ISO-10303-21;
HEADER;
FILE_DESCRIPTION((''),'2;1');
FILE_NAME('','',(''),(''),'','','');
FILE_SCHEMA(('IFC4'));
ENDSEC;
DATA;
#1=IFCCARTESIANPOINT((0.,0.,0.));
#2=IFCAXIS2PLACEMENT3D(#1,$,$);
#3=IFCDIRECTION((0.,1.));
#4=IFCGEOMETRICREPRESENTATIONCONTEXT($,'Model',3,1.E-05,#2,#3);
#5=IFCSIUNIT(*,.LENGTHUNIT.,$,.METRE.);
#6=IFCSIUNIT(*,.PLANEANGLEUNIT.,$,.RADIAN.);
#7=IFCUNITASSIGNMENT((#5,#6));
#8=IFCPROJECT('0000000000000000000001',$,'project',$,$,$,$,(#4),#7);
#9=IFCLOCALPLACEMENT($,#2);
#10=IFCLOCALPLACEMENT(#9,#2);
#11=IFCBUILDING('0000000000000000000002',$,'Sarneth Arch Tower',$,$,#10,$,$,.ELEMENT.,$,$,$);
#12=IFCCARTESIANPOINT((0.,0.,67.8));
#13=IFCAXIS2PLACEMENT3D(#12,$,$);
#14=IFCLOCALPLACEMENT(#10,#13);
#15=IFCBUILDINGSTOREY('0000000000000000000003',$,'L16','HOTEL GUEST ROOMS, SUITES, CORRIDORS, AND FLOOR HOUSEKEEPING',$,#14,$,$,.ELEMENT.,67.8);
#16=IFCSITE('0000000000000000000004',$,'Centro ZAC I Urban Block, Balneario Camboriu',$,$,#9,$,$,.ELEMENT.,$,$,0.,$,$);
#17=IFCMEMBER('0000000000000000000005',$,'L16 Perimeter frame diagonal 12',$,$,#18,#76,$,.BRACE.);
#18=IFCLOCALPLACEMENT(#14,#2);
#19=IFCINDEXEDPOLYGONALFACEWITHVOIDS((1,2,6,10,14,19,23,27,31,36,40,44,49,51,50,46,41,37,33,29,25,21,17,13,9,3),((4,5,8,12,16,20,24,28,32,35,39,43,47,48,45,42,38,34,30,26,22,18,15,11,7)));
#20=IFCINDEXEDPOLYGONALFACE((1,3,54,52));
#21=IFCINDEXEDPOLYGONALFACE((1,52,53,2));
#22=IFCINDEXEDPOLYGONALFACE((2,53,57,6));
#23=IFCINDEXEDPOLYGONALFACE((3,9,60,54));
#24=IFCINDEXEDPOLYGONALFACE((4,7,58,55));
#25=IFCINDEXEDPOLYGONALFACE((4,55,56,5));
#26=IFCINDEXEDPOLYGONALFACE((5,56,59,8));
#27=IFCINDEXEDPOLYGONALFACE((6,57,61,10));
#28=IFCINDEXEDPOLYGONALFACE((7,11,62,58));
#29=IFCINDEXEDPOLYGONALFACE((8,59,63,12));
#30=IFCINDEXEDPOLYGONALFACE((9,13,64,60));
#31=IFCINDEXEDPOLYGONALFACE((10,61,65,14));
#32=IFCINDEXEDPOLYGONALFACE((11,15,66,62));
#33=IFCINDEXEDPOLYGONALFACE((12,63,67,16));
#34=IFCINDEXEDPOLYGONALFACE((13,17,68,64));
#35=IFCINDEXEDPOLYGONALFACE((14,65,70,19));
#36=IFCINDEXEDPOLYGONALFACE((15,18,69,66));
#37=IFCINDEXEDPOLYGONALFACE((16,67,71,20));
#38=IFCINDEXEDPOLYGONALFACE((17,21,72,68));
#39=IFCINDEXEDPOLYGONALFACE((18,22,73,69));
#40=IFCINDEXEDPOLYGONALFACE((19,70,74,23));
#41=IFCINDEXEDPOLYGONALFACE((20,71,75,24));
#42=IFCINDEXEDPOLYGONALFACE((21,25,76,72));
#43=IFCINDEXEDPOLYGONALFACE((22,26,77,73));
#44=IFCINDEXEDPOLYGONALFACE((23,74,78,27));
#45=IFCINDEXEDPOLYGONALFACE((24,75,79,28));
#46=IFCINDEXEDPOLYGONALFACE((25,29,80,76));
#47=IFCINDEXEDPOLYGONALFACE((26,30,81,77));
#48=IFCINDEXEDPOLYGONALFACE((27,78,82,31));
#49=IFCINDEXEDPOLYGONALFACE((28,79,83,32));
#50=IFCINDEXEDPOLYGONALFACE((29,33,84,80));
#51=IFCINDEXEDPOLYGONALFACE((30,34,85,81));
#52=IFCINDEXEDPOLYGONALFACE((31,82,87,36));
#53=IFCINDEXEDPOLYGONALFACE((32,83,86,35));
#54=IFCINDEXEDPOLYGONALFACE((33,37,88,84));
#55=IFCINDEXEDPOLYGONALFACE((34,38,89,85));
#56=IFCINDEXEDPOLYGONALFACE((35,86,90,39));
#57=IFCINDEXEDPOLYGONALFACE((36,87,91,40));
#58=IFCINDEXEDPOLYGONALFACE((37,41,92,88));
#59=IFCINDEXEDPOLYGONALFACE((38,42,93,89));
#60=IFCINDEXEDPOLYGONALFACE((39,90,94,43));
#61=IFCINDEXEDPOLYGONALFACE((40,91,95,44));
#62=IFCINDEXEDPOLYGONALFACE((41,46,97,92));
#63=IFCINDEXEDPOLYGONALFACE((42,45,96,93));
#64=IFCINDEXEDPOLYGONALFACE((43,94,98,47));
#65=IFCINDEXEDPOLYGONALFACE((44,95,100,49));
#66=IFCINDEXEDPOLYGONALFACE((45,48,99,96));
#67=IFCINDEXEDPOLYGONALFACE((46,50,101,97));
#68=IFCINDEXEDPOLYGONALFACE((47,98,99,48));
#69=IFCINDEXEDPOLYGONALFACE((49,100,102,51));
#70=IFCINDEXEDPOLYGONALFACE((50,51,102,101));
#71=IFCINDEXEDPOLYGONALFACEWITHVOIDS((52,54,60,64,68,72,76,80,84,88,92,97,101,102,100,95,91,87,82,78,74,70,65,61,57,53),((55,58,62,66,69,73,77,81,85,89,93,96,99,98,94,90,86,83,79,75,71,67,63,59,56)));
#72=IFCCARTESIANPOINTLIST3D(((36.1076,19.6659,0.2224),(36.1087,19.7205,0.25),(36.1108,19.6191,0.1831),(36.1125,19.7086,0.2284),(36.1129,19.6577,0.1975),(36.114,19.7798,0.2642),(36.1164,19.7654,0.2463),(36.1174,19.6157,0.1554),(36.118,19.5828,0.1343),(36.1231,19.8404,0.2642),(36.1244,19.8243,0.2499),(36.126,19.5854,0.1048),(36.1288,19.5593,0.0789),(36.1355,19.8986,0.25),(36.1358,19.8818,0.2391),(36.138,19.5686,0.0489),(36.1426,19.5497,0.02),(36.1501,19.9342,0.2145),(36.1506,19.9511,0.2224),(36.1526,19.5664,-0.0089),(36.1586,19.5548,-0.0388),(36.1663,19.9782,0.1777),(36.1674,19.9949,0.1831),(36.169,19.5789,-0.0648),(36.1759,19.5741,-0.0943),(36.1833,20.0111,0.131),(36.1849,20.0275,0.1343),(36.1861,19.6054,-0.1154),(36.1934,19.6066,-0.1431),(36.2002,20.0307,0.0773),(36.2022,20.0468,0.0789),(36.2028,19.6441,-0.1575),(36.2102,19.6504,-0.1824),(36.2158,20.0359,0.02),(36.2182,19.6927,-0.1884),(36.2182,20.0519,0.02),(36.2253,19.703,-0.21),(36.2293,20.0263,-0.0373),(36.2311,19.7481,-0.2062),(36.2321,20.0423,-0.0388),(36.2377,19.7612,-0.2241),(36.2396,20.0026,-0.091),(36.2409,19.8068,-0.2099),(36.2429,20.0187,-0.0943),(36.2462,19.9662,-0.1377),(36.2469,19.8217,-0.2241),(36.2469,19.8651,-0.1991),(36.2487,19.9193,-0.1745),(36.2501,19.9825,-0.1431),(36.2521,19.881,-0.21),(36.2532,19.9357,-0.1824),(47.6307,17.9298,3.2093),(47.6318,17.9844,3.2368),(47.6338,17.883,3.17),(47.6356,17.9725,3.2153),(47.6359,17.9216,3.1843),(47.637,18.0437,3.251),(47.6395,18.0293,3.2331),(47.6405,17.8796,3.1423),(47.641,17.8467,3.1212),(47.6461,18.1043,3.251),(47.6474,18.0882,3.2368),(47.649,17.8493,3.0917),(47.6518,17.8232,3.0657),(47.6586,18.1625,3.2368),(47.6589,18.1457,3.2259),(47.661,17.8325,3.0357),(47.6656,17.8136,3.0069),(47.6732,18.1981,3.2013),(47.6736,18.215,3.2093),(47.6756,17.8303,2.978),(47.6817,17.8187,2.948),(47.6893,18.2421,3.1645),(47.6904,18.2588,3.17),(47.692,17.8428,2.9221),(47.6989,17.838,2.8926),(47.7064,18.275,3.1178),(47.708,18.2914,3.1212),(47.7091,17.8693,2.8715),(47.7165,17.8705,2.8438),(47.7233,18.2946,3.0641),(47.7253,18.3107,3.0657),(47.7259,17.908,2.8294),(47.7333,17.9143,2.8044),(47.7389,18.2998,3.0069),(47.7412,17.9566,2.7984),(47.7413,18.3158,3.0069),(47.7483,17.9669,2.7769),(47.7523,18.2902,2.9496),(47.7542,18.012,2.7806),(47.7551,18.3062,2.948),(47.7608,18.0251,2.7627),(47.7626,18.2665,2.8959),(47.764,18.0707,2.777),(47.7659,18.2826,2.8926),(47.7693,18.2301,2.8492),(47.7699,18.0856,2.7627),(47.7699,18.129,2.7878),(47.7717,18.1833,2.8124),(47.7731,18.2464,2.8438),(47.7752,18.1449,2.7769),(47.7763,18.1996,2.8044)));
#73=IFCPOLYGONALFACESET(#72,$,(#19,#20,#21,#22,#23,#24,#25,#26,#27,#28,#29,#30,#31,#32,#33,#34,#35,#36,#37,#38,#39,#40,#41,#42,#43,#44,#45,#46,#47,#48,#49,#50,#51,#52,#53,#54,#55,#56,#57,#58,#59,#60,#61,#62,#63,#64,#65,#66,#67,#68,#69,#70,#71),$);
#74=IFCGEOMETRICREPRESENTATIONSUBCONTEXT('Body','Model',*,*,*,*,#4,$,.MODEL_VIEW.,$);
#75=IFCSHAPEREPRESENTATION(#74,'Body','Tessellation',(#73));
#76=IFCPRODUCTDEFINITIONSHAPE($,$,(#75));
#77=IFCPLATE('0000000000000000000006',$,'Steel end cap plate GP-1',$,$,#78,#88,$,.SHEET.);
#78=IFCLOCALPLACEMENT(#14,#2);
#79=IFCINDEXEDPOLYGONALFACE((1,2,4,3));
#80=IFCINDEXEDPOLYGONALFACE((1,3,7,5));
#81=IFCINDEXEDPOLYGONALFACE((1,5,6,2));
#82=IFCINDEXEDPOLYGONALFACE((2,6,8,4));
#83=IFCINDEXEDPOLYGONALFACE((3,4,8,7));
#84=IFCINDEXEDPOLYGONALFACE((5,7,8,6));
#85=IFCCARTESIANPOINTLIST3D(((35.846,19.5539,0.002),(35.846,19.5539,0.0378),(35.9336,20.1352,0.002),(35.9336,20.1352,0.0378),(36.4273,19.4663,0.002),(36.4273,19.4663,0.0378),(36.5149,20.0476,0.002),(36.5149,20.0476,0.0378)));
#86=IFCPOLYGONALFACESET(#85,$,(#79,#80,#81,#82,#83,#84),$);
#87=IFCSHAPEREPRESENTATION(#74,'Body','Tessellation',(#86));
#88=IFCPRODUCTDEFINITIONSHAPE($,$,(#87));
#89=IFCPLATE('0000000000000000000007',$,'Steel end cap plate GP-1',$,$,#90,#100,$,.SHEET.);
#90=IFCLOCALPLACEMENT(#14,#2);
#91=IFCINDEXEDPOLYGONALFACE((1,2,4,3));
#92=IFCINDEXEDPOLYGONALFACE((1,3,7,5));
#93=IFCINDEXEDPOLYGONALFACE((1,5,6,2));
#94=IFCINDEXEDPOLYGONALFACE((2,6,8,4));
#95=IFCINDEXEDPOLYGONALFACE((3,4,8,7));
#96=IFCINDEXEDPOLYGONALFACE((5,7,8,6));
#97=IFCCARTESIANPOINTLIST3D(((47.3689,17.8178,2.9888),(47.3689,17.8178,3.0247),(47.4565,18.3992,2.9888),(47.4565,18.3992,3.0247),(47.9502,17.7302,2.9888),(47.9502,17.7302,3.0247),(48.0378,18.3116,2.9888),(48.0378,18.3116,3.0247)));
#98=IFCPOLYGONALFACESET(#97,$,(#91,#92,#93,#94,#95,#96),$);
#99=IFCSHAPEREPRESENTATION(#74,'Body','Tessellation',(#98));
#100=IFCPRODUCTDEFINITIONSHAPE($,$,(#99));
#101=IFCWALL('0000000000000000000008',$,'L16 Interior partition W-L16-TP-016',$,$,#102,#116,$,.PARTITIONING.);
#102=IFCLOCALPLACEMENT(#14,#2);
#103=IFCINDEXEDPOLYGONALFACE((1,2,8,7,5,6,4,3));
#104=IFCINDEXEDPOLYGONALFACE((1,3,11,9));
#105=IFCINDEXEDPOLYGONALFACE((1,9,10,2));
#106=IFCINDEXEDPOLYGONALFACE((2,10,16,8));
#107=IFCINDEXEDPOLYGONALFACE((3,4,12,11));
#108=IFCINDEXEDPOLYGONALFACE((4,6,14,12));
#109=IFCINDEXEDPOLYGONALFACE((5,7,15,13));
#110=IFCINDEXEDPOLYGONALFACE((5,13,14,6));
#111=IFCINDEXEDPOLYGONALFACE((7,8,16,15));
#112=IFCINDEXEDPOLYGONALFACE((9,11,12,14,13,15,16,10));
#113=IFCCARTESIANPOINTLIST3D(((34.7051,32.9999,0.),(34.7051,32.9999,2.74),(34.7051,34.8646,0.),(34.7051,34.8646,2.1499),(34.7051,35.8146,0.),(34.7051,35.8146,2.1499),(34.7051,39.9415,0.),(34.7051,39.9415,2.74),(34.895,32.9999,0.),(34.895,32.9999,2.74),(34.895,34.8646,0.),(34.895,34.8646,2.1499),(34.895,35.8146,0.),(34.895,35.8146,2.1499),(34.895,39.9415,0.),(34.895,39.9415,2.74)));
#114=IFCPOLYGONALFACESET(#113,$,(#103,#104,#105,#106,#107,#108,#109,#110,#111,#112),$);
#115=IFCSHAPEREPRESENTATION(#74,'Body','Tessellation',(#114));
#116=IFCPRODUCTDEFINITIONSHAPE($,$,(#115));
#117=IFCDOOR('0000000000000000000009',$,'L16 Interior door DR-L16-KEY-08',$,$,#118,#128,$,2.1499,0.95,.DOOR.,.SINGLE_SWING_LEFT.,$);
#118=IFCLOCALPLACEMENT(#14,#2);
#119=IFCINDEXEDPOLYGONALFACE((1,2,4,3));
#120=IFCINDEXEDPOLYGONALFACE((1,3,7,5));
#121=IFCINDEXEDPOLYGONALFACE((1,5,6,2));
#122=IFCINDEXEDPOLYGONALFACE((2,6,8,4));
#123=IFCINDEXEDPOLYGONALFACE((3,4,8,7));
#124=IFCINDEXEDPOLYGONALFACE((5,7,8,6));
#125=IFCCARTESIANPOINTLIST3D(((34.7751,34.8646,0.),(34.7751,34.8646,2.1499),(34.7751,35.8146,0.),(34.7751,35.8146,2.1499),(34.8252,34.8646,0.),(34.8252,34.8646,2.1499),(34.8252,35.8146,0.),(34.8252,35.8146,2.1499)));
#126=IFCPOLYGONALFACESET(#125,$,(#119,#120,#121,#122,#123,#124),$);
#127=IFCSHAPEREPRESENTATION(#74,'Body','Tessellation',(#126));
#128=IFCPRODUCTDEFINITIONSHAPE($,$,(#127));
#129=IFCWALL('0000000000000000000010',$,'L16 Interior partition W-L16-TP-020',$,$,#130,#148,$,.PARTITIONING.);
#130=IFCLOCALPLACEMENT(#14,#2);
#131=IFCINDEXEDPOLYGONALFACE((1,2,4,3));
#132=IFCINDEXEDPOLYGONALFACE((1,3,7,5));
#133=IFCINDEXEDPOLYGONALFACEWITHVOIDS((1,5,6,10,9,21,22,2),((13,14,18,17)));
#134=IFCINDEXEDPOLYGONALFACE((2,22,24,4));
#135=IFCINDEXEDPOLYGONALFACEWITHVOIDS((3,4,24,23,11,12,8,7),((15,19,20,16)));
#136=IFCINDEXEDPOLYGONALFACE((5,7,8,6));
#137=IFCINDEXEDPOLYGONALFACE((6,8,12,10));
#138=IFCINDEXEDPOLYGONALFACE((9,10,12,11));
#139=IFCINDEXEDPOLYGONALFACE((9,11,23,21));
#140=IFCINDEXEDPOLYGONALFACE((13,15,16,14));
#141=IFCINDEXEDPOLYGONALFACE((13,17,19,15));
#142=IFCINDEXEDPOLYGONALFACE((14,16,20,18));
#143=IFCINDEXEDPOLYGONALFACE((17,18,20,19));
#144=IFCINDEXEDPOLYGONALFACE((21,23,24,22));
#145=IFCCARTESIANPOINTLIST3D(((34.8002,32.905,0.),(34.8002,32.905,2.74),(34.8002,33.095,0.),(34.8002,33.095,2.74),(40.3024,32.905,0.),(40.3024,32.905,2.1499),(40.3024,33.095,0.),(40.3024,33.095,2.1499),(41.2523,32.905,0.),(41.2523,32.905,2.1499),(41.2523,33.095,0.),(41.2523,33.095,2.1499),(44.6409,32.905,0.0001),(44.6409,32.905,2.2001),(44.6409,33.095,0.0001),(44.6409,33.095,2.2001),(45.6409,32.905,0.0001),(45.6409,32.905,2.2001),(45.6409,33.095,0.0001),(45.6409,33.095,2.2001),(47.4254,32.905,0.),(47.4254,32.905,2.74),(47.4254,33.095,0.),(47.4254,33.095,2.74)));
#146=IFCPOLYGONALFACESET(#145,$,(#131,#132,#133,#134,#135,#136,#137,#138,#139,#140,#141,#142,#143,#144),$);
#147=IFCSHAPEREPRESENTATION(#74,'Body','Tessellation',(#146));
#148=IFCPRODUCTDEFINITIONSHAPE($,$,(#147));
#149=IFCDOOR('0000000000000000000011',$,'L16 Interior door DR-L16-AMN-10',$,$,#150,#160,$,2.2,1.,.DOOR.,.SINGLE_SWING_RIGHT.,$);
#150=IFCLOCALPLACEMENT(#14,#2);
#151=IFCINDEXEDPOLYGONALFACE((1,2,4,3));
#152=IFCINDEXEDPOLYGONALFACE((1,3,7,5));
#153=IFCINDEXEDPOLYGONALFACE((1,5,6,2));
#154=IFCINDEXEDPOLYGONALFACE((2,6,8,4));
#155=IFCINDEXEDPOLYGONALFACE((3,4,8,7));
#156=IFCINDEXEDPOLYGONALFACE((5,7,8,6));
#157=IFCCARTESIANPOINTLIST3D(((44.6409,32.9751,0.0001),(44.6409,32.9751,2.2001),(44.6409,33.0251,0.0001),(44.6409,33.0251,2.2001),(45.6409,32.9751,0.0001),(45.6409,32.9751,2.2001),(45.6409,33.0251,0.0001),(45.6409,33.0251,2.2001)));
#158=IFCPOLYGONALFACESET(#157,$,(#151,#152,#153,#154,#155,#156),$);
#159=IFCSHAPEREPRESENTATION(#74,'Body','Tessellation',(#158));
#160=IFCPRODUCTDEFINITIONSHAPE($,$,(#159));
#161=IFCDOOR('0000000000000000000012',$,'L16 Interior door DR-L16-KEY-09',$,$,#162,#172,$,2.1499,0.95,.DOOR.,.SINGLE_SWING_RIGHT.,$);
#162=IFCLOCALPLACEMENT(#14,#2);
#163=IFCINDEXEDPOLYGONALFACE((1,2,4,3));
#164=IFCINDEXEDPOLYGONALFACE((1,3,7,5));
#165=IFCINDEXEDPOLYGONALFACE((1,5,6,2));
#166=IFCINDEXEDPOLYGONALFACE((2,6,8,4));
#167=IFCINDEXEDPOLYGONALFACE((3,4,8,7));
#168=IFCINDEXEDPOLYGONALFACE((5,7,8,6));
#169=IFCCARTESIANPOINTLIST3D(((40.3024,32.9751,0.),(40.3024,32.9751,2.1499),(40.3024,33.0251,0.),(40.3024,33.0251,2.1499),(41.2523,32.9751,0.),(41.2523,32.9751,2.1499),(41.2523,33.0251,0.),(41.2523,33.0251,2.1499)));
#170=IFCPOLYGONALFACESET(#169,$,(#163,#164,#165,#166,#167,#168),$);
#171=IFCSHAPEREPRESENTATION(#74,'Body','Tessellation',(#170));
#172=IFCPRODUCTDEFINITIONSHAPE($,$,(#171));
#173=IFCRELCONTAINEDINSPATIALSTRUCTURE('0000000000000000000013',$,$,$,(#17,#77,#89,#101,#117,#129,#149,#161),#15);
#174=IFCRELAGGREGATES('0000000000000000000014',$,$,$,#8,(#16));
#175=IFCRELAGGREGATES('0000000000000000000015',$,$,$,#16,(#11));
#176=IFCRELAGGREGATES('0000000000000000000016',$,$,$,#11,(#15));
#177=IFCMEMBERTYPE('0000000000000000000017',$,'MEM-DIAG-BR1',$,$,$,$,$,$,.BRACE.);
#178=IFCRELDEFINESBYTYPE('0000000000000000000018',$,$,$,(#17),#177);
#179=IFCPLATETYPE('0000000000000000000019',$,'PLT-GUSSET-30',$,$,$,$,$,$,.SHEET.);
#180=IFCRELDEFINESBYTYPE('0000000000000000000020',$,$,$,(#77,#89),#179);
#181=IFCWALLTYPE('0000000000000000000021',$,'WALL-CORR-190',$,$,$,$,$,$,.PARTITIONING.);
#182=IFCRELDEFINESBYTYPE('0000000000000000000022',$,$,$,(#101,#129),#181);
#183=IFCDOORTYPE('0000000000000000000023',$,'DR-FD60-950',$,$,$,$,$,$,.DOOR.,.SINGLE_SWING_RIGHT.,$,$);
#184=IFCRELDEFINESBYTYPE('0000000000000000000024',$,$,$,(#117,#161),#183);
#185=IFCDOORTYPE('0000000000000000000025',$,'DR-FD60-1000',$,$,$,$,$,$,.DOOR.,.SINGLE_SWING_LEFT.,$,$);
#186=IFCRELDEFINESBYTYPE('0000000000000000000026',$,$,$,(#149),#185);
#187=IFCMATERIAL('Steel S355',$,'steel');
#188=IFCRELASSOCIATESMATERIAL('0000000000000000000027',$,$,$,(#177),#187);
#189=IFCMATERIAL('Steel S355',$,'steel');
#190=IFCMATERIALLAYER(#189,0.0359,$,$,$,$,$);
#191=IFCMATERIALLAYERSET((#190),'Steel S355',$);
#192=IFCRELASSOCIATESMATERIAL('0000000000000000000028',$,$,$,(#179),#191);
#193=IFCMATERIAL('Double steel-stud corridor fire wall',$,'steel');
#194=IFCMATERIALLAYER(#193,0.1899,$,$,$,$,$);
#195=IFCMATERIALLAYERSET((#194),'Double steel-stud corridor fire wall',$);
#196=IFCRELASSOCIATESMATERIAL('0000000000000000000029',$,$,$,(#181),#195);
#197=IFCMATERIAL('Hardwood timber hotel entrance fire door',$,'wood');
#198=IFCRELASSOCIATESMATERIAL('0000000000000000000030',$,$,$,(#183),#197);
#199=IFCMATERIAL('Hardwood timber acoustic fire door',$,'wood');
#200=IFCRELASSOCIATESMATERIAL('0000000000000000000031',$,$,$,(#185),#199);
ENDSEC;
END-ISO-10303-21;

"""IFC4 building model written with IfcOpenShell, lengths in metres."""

from ifc_helpers import new_model, si_unit, direction, frame, frame_2d, origin, origin_2d, place, context, subcontext, project, spatial, rectangle, hollow_circle, extrude, material, layer, layer_set, material_profile, profile_set, type_object, element, fill, save


model = new_model("IFC4")

# Units and contexts
model_context = context("Model", 3, precision=1e-05, world=origin(), true_north=direction((0.0, 1.0)))
body_context = subcontext(model_context, "Body", "Model", "MODEL_VIEW")
ifc_project = project(units=[si_unit("LENGTHUNIT", "METRE"), si_unit("PLANEANGLEUNIT", "RADIAN")], contexts=[model_context])

# Site, building, storey
site_placement = place(None, origin())
site = spatial("IfcSite", under=ifc_project, at=site_placement, Name="Centro ZAC I Urban Block, Balneario Camboriu", CompositionType="ELEMENT", RefElevation=0.0)
building_placement = place(site_placement, origin())
building = spatial("IfcBuilding", under=site, at=building_placement, Name="Sarneth Arch Tower", CompositionType="ELEMENT")
storey_placement = place(building_placement, frame((0.0, 0.0, 67.8)))
storey = spatial("IfcBuildingStorey", under=building, at=storey_placement, Name="L16", Description="HOTEL GUEST ROOMS, SUITES, CORRIDORS, AND FLOOR HOUSEKEEPING", CompositionType="ELEMENT", Elevation=67.8)

# Member
ifc_material_1 = material(Name="Steel S355", Category="steel")
ifc_material_profile_1 = material_profile(ifc_material_1, hollow_circle(Radius=0.2539, WallThickness=0.0161, at=origin_2d()), Name="CHS508x16")
ifc_profile_set_1 = profile_set([ifc_material_profile_1], Name="Steel S355")
member_type_1 = type_object("IfcMemberType", Name="MEM-DIAG-BR1", PredefinedType="BRACE", material=ifc_profile_set_1)
member_1_placement = place(storey_placement, frame((36.1804, 19.8008, 0.02), z_axis=(0.957876, -0.144317, 0.248287), x_axis=(0.148982, 0.98884, 0.0)))
element("IfcMember", 1, at=member_1_placement, inside=storey, type_object=member_type_1, Name="L16 Perimeter frame diagonal 12", PredefinedType="BRACE", context=body_context, shape_type="SweptSolid", body=[
    extrude(hollow_circle(Radius=0.2539, WallThickness=0.0161, at=origin_2d()), origin(), (0.0, 0.0, 1.0), 12.0298),
])

# Plates
ifc_material_2 = material(Name="Steel S355", Category="steel")
ifc_layer_1 = layer(ifc_material_2, 0.0359)
ifc_layer_set_1 = layer_set([ifc_layer_1], Name="Steel S355")
plate_type = type_object("IfcPlateType", Name="PLT-GUSSET-30", PredefinedType="SHEET", material=ifc_layer_set_1)
for number, where, z_axis, x_axis, name in (
    (2, (36.1804, 19.8008, 0.002), (0.0, 0.0, 1.0), (0.988835, -0.149018, 0.0), "Steel end cap plate GP-1"),
    (3, (47.7034, 18.0647, 2.9888), (0.0, 0.0, 1.0), (0.988835, -0.149018, 0.0), "Steel end cap plate GP-1"),
):
    element("IfcPlate", number, at=place(storey_placement, frame(where, z_axis=z_axis, x_axis=x_axis)), inside=storey, type_object=plate_type, Name=name, PredefinedType="SHEET", context=body_context, shape_type="SweptSolid", body=[
        extrude(rectangle(XDim=0.5879, YDim=0.5879, at=origin_2d()), origin(), (0.0, 0.0, 1.0), 0.0359),
    ])

# Wall, opening, door
ifc_material_3 = material(Name="Double steel-stud corridor fire wall", Category="steel")
ifc_layer_2 = layer(ifc_material_3, 0.1899)
ifc_layer_set_2 = layer_set([ifc_layer_2], Name="Double steel-stud corridor fire wall")
wall_type_1 = type_object("IfcWallType", Name="WALL-CORR-190", PredefinedType="PARTITIONING", material=ifc_layer_set_2)
wall_1_placement = place(storey_placement, frame((34.8, 33.0, 0.0), z_axis=(0.0, 0.0, 1.0), x_axis=(0.0, 1.0, 0.0)))
wall_1 = element("IfcWall", 4, at=wall_1_placement, inside=storey, type_object=wall_type_1, Name="L16 Interior partition W-L16-TP-016", PredefinedType="PARTITIONING", context=body_context, shape_type="SweptSolid", body=[
    extrude(rectangle(XDim=6.9417, YDim=0.1899, at=frame_2d((3.4707, 0.0))), origin(), (0.0, 0.0, 1.0), 2.74),
])
opening_1_placement = place(wall_1_placement, frame((1.8645, 0.0, 0.0)))
opening_1 = element("IfcOpeningElement", 5, at=opening_1_placement, cuts=wall_1, PredefinedType="OPENING", context=body_context, shape_type="SweptSolid", body=[
    extrude(rectangle(XDim=0.95, YDim=2.1499, at=frame_2d((0.4751, 1.075))), frame((0.0, 0.105, 0.0), z_axis=(0.0, -1.0, 0.0), x_axis=(1.0, 0.0, 0.0)), (0.0, 0.0, 1.0), 0.21),
])
ifc_material_4 = material(Name="Hardwood timber hotel entrance fire door", Category="wood")
door_type_1 = type_object("IfcDoorType", Name="DR-FD60-950", OperationType="SINGLE_SWING_RIGHT", PredefinedType="DOOR", material=ifc_material_4)
door_1_placement = place(opening_1_placement, origin())
door_1 = element("IfcDoor", 6, at=door_1_placement, inside=storey, type_object=door_type_1, Name="L16 Interior door DR-L16-KEY-08", OperationType="SINGLE_SWING_LEFT", OverallHeight=2.1499, OverallWidth=0.95, PredefinedType="DOOR", context=body_context, shape_type="SweptSolid", body=[
    extrude(rectangle(XDim=0.95, YDim=2.1499, at=frame_2d((0.4751, 1.075))), frame((0.0, 0.0249, 0.0), z_axis=(0.0, -1.0, 0.0), x_axis=(1.0, 0.0, 0.0)), (0.0, 0.0, 1.0), 0.05),
])
fill(opening_1, door_1)

# Wall, openings, doors
wall_2_placement = place(storey_placement, frame((47.4253, 33.0, 0.0), z_axis=(0.0, 0.0, 1.0), x_axis=(-1.0, 0.0, 0.0)))
wall_2 = element("IfcWall", 7, at=wall_2_placement, inside=storey, type_object=wall_type_1, Name="L16 Interior partition W-L16-TP-020", PredefinedType="PARTITIONING", context=body_context, shape_type="SweptSolid", body=[
    extrude(rectangle(XDim=12.6252, YDim=0.1899, at=frame_2d((6.3125, 0.0))), origin(), (0.0, 0.0, 1.0), 2.74),
])
opening_2_placement = place(wall_2_placement, frame((1.7844, 0.0, 0.0)))
opening_2 = element("IfcOpeningElement", 8, at=opening_2_placement, cuts=wall_2, PredefinedType="OPENING", context=body_context, shape_type="SweptSolid", body=[
    extrude(rectangle(XDim=1.0, YDim=2.2, at=frame_2d((0.5, 1.1001))), frame((0.0, 0.105, 0.0), z_axis=(0.0, -1.0, 0.0), x_axis=(1.0, 0.0, 0.0)), (0.0, 0.0, 1.0), 0.21),
])
opening_3_placement = place(wall_2_placement, frame((6.1729, 0.0, 0.0)))
opening_3 = element("IfcOpeningElement", 9, at=opening_3_placement, cuts=wall_2, PredefinedType="OPENING", context=body_context, shape_type="SweptSolid", body=[
    extrude(rectangle(XDim=0.95, YDim=2.1499, at=frame_2d((0.4751, 1.075))), frame((0.0, 0.105, 0.0), z_axis=(0.0, -1.0, 0.0), x_axis=(1.0, 0.0, 0.0)), (0.0, 0.0, 1.0), 0.21),
])
ifc_material_5 = material(Name="Hardwood timber acoustic fire door", Category="wood")
door_type_2 = type_object("IfcDoorType", Name="DR-FD60-1000", OperationType="SINGLE_SWING_LEFT", PredefinedType="DOOR", material=ifc_material_5)
door_2_placement = place(opening_2_placement, origin())
door_2 = element("IfcDoor", 10, at=door_2_placement, inside=storey, type_object=door_type_2, Name="L16 Interior door DR-L16-AMN-10", OperationType="SINGLE_SWING_RIGHT", OverallHeight=2.2, OverallWidth=1.0, PredefinedType="DOOR", context=body_context, shape_type="SweptSolid", body=[
    extrude(rectangle(XDim=1.0, YDim=2.2, at=frame_2d((0.5, 1.1001))), frame((0.0, 0.0249, 0.0), z_axis=(0.0, -1.0, 0.0), x_axis=(1.0, 0.0, 0.0)), (0.0, 0.0, 1.0), 0.05),
])
fill(opening_2, door_2)
door_3_placement = place(opening_3_placement, origin())
door_3 = element("IfcDoor", 11, at=door_3_placement, inside=storey, type_object=door_type_1, Name="L16 Interior door DR-L16-KEY-09", OperationType="SINGLE_SWING_RIGHT", OverallHeight=2.1499, OverallWidth=0.95, PredefinedType="DOOR", context=body_context, shape_type="SweptSolid", body=[
    extrude(rectangle(XDim=0.95, YDim=2.1499, at=frame_2d((0.4751, 1.075))), frame((0.0, 0.0249, 0.0), z_axis=(0.0, -1.0, 0.0), x_axis=(1.0, 0.0, 0.0)), (0.0, 0.0, 1.0), 0.05),
])
fill(opening_3, door_3)

save(model, "model.ifc")
